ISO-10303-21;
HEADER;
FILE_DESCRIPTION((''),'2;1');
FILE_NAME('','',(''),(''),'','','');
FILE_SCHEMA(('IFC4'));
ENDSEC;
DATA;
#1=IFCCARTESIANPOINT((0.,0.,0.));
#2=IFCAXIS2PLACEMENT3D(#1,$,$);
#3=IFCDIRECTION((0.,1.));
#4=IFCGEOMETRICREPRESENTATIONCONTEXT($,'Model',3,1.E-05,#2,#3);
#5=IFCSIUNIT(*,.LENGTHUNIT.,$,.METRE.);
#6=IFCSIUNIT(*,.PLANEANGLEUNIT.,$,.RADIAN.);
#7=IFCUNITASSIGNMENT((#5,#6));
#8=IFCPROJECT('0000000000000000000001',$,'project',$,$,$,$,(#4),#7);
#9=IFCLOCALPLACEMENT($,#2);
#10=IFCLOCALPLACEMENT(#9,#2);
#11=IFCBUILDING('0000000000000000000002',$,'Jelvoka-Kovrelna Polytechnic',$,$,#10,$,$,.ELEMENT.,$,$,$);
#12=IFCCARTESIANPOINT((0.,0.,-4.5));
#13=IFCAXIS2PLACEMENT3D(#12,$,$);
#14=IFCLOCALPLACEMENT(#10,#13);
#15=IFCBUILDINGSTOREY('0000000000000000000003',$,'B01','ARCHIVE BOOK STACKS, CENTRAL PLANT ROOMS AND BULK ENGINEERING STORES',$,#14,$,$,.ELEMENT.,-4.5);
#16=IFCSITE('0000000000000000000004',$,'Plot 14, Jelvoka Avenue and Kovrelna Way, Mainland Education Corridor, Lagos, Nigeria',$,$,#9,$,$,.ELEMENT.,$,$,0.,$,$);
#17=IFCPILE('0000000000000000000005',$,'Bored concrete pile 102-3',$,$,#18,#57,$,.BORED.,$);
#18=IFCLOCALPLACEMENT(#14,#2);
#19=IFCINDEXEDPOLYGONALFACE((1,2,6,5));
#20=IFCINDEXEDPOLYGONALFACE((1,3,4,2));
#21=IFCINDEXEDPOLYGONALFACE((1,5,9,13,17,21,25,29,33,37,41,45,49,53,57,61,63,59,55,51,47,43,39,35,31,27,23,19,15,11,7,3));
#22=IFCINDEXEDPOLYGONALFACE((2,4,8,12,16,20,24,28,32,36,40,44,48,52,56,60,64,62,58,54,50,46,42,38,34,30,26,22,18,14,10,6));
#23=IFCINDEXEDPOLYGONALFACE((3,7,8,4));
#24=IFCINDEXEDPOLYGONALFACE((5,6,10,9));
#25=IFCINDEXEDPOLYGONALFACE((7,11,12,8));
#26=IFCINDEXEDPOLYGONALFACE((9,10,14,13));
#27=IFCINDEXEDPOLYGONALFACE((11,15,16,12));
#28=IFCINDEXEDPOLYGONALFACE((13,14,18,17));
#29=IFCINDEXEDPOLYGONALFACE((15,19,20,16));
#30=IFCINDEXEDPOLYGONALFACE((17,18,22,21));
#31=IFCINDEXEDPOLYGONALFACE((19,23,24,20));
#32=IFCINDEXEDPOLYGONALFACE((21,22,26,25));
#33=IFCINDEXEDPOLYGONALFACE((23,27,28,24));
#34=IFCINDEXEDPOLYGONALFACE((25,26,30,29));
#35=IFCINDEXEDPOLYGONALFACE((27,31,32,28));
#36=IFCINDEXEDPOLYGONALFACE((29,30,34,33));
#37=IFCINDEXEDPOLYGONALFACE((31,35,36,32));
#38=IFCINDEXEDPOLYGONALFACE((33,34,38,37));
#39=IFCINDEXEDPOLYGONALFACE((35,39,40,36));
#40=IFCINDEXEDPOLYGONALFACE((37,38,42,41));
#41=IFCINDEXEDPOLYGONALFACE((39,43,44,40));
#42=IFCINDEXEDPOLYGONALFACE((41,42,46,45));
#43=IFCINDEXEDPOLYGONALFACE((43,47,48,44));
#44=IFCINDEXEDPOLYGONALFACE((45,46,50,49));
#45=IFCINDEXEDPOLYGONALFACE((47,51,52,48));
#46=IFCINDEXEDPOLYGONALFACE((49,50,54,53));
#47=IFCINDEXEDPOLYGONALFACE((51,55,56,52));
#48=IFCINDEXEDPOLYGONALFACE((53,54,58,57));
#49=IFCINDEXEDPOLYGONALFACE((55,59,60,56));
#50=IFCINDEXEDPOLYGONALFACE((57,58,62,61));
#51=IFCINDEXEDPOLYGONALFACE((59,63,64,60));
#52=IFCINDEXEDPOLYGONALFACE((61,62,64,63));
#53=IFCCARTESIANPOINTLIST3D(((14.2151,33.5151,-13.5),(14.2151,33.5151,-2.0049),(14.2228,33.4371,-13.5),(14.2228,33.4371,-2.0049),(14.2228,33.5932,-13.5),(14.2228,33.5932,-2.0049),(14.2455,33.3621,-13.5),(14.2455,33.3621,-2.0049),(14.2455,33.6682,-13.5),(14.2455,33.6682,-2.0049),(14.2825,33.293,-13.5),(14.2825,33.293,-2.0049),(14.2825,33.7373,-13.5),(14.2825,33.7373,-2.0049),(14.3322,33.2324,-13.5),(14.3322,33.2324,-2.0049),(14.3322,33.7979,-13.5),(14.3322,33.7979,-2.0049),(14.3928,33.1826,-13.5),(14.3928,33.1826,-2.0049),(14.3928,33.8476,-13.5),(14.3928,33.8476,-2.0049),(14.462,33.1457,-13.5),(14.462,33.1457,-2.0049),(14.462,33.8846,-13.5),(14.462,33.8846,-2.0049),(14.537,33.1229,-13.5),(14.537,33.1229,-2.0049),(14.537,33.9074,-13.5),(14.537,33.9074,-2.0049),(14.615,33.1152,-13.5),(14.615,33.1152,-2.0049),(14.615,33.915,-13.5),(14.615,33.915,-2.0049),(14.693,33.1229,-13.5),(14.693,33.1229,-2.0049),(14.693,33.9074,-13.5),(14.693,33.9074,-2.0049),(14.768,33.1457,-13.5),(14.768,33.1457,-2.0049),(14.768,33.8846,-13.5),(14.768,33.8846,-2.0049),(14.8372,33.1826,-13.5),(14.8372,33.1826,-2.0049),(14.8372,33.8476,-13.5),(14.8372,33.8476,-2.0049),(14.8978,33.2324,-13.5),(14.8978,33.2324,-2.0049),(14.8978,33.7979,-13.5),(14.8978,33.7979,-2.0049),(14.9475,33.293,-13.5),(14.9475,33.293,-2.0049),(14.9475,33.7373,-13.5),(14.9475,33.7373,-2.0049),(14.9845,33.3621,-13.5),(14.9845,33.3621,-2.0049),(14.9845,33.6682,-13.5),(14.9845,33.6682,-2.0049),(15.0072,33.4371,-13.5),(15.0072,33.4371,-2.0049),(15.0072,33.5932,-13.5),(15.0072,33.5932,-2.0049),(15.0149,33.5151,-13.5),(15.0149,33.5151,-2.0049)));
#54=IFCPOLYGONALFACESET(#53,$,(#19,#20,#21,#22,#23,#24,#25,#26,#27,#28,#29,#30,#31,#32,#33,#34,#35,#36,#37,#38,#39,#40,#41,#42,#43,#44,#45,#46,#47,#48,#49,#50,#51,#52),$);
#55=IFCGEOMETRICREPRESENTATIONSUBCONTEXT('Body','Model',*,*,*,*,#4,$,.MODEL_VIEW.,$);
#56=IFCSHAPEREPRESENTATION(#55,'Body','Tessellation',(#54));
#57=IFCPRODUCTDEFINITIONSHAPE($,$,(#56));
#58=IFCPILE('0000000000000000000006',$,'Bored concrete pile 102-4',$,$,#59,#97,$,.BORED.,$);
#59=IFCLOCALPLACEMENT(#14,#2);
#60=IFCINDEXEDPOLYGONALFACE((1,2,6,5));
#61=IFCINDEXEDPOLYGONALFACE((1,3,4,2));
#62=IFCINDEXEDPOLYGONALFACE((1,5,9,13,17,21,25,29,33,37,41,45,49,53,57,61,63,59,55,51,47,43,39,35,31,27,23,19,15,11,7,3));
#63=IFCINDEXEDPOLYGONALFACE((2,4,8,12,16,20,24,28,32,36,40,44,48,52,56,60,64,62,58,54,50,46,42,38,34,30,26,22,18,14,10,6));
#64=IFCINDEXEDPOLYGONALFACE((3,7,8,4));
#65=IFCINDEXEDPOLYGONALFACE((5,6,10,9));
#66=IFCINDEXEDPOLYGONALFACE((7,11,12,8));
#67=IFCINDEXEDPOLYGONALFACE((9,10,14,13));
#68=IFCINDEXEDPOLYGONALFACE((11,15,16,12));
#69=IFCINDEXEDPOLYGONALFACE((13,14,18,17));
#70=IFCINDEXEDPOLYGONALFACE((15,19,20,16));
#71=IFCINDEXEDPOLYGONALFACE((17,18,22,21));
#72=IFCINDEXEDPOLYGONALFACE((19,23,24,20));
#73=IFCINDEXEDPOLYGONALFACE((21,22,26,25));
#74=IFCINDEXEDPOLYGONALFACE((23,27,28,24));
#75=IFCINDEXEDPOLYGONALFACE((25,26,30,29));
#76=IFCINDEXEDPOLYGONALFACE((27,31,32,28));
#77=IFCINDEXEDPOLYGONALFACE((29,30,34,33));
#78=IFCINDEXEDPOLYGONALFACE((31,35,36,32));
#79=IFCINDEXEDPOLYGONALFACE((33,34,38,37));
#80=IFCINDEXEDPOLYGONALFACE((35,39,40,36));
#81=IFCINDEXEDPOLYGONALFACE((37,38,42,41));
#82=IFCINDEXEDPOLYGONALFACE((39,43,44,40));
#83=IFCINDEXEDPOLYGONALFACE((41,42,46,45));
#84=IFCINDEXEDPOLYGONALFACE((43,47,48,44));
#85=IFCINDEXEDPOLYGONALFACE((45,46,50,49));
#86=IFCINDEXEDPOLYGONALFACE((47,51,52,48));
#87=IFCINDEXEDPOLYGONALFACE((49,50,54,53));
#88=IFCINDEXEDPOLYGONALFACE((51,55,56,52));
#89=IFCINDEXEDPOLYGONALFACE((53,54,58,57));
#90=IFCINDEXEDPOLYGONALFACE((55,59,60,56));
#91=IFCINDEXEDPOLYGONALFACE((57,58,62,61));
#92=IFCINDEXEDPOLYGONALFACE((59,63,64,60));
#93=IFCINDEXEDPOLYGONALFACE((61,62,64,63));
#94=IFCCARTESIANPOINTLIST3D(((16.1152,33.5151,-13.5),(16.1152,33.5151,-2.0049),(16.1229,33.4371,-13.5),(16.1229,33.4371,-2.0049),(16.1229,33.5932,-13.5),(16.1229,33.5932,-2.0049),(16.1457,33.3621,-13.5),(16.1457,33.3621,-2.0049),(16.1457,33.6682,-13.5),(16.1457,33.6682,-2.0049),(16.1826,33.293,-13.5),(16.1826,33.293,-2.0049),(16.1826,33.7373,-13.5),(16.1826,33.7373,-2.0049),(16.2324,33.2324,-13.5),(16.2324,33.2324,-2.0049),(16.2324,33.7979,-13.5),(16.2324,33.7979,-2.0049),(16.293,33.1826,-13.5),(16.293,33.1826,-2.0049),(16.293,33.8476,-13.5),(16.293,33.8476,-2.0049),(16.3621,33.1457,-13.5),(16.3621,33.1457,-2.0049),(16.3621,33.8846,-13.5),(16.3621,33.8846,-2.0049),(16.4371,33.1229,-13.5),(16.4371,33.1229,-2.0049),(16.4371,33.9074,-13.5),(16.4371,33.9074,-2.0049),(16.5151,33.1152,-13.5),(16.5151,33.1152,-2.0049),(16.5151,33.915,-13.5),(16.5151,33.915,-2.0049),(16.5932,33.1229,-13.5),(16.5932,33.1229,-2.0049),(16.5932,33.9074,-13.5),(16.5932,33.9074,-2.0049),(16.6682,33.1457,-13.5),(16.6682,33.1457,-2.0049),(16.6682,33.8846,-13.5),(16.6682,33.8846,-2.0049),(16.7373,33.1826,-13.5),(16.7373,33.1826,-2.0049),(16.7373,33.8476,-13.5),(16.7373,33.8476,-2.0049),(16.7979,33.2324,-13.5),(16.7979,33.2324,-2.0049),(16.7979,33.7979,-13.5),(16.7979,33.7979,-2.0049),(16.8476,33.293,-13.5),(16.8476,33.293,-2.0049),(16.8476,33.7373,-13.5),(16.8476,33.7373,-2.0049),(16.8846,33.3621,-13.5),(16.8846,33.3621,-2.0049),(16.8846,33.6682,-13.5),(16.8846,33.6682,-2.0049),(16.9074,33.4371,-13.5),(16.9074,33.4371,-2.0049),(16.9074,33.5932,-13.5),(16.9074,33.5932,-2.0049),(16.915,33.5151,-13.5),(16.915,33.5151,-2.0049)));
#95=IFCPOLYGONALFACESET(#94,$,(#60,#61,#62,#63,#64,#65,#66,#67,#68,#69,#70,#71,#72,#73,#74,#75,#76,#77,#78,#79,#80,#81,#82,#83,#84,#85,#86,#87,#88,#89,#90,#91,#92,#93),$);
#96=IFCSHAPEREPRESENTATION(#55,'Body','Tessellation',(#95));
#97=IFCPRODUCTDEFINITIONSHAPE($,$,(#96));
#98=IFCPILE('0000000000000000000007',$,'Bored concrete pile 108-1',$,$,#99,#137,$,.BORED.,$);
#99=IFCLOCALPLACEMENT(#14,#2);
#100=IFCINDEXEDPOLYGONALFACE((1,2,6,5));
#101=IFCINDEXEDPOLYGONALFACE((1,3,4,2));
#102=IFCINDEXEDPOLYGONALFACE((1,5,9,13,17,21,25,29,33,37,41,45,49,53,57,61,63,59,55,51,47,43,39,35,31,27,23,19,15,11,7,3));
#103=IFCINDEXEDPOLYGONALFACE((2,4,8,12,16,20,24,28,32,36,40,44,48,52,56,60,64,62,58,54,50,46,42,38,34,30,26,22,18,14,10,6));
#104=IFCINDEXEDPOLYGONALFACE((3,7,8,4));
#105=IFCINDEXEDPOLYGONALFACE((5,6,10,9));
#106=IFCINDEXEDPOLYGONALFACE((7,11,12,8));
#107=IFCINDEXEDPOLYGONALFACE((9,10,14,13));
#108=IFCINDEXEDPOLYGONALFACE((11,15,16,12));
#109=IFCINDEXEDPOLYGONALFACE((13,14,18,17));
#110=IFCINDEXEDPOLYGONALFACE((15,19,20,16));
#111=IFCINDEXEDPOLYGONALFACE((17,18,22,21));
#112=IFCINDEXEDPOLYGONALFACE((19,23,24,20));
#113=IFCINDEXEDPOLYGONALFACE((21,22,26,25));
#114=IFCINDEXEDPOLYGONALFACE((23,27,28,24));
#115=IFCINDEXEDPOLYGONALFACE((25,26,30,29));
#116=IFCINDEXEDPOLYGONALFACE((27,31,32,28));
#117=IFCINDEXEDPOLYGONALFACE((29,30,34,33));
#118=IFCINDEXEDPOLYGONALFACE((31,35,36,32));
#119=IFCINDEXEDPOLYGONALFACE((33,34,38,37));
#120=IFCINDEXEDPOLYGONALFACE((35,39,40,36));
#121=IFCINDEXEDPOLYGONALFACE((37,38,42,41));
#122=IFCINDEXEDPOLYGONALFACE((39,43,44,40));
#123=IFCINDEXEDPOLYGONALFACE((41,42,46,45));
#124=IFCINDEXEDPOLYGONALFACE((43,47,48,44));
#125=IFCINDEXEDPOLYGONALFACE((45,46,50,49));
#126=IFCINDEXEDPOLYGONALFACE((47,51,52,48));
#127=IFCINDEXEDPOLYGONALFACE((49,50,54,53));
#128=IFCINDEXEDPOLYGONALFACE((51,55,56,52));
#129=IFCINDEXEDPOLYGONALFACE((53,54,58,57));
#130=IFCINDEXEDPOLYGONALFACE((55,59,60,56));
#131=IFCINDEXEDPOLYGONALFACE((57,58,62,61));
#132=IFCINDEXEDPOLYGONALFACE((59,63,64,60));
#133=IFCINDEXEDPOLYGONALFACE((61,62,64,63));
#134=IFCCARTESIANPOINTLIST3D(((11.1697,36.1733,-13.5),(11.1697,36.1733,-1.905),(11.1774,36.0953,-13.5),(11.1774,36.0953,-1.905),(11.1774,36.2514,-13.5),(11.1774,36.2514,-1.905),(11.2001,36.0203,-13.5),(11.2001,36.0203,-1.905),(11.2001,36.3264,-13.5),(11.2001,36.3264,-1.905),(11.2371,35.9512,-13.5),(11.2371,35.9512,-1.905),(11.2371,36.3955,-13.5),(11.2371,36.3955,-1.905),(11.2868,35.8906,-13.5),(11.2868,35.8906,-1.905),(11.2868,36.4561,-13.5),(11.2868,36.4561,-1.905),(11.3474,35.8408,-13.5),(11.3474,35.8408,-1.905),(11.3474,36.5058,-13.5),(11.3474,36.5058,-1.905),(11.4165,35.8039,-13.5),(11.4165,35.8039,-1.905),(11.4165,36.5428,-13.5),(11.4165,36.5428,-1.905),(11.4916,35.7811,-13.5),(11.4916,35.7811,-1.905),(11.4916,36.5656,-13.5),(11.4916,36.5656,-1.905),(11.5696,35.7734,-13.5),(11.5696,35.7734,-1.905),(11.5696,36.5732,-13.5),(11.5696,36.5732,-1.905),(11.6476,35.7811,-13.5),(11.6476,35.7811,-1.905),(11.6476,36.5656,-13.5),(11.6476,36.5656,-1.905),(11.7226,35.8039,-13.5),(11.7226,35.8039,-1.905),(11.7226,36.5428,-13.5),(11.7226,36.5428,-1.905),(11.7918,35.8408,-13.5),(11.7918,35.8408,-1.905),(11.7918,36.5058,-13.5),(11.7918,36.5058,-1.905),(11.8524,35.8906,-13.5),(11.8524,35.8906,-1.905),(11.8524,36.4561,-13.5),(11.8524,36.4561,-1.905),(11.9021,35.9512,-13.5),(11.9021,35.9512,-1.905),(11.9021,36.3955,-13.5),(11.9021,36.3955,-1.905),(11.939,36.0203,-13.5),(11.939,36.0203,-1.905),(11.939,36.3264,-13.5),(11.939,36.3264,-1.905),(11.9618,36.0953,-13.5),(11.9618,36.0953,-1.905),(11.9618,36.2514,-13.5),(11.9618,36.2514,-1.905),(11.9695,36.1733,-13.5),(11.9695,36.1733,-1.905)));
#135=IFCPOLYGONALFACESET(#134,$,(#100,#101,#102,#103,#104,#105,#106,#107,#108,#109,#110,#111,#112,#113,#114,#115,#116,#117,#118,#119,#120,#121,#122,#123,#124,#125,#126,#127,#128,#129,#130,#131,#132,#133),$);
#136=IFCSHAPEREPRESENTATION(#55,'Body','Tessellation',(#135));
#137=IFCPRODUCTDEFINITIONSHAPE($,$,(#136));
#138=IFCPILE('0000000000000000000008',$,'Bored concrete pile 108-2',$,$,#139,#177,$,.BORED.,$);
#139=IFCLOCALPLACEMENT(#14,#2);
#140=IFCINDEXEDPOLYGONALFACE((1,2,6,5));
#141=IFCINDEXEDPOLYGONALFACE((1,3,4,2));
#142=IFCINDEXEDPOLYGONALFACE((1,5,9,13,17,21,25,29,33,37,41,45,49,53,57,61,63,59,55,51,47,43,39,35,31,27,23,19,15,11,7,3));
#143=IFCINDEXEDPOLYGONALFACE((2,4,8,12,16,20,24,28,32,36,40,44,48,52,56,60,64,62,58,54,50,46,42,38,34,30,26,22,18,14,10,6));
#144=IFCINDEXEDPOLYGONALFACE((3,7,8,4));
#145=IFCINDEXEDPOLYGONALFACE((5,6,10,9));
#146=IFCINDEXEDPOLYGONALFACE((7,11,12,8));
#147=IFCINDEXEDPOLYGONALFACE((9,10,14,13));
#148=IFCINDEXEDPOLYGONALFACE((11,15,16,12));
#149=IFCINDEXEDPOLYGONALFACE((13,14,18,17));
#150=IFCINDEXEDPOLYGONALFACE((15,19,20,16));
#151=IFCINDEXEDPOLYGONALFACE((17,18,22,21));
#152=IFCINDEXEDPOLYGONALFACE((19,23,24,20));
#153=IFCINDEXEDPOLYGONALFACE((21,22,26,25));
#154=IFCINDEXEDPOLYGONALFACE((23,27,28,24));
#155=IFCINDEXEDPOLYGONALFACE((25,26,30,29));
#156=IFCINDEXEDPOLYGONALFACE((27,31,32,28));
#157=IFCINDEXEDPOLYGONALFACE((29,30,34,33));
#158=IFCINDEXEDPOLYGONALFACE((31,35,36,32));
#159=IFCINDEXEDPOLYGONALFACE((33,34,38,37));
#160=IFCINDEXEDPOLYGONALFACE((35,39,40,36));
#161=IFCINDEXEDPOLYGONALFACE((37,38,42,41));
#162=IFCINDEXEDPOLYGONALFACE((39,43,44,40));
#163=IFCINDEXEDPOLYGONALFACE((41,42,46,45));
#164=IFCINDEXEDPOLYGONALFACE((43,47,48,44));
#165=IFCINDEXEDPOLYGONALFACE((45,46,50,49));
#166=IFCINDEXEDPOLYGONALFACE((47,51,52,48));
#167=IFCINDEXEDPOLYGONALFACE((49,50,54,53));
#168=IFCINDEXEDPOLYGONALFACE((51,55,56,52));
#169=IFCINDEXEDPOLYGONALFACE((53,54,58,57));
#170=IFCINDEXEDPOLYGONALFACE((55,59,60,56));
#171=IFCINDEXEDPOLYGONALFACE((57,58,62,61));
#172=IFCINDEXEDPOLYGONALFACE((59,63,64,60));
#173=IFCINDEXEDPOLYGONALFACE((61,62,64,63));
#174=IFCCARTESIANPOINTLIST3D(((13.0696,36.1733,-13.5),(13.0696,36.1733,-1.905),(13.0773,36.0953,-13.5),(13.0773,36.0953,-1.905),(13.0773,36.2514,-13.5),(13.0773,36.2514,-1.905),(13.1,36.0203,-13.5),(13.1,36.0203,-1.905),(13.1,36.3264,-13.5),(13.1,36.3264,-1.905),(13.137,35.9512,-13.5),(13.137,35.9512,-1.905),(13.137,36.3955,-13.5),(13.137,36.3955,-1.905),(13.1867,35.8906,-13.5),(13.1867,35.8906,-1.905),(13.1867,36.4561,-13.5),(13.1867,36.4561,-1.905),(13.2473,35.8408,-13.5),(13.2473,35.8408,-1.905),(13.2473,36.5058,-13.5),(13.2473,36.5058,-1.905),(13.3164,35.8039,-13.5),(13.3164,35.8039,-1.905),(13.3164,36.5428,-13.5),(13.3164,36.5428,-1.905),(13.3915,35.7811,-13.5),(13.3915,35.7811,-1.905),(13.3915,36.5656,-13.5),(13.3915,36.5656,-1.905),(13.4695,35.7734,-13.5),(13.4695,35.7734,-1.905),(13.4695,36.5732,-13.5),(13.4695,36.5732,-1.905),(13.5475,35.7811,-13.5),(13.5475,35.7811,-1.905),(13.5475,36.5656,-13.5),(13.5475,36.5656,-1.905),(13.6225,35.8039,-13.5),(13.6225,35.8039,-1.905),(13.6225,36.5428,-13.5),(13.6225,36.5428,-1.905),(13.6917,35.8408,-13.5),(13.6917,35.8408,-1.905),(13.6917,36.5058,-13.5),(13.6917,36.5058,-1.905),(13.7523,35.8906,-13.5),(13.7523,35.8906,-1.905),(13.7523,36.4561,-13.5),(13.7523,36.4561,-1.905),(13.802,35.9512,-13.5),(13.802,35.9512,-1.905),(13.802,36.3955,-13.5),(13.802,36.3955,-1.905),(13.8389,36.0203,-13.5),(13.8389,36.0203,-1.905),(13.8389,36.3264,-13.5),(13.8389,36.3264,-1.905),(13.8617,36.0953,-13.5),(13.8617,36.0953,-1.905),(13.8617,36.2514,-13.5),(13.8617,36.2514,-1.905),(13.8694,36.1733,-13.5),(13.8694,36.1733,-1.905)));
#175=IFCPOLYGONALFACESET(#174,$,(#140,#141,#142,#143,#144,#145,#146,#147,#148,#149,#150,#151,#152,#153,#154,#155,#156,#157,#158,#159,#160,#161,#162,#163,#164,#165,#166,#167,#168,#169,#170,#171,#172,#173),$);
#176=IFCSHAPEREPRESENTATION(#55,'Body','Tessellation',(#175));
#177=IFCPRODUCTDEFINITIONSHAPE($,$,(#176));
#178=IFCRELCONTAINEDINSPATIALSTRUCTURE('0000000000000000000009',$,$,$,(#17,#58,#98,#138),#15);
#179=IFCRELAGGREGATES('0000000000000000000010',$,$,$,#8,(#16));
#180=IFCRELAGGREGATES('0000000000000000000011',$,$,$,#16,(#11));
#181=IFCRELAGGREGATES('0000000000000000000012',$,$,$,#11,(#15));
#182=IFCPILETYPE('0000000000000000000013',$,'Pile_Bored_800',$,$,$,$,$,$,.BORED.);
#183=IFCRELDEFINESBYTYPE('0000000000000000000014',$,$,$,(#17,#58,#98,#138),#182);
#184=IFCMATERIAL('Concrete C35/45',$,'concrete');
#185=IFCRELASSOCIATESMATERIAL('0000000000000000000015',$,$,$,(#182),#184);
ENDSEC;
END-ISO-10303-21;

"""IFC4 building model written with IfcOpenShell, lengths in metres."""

from ifc_helpers import new_model, si_unit, direction, frame, origin, origin_2d, place, context, subcontext, project, spatial, circle, extrude, material, material_profile, profile_set, type_object, element, save


model = new_model("IFC4")

# Units and contexts
model_context = context("Model", 3, precision=1e-05, world=origin(), true_north=direction((0.0, 1.0)))
body_context = subcontext(model_context, "Body", "Model", "MODEL_VIEW")
ifc_project = project(units=[si_unit("LENGTHUNIT", "METRE"), si_unit("PLANEANGLEUNIT", "RADIAN")], contexts=[model_context])

# Site, building, storey
site_placement = place(None, origin())
site = spatial("IfcSite", under=ifc_project, at=site_placement, Name="Plot 14, Jelvoka Avenue and Kovrelna Way, Mainland Education Corridor, Lagos, Nigeria", CompositionType="ELEMENT", RefElevation=0.0)
building_placement = place(site_placement, origin())
building = spatial("IfcBuilding", under=site, at=building_placement, Name="Jelvoka-Kovrelna Polytechnic", CompositionType="ELEMENT")
storey_placement = place(building_placement, frame((0.0, 0.0, -4.5)))
storey = spatial("IfcBuildingStorey", under=building, at=storey_placement, Name="B01", Description="ARCHIVE BOOK STACKS, CENTRAL PLANT ROOMS AND BULK ENGINEERING STORES", CompositionType="ELEMENT", Elevation=-4.5)

# Piles
ifc_material_1 = material(Name="Concrete C35/45", Category="concrete")
ifc_material_profile_1 = material_profile(ifc_material_1, circle(Radius=0.3999, at=origin_2d()), Name="PILE D800")
ifc_profile_set_1 = profile_set([ifc_material_profile_1], Name="Concrete C35/45")
pile_type = type_object("IfcPileType", Name="Pile_Bored_800", PredefinedType="BORED", material=ifc_profile_set_1)
for number, where, z_axis, x_axis, name in (
    (1, (14.615, 33.5151, -2.0049), (0.0, 0.0, -1.0), (1.0, 0.0, 0.0), "Bored concrete pile 102-3"),
    (2, (16.5151, 33.5151, -2.0049), (0.0, 0.0, -1.0), (1.0, 0.0, 0.0), "Bored concrete pile 102-4"),
):
    element("IfcPile", number, at=place(storey_placement, frame(where, z_axis=z_axis, x_axis=x_axis)), inside=storey, type_object=pile_type, Name=name, PredefinedType="BORED", context=body_context, shape_type="SweptSolid", body=[
        extrude(circle(Radius=0.3999, at=origin_2d()), origin(), (0.0, 0.0, 1.0), 11.4951),
    ])
for number, where, z_axis, x_axis, name in (
    (3, (11.5696, 36.1733, -1.905), (0.0, 0.0, -1.0), (1.0, 0.0, 0.0), "Bored concrete pile 108-1"),
    (4, (13.4695, 36.1733, -1.905), (0.0, 0.0, -1.0), (1.0, 0.0, 0.0), "Bored concrete pile 108-2"),
):
    element("IfcPile", number, at=place(storey_placement, frame(where, z_axis=z_axis, x_axis=x_axis)), inside=storey, type_object=pile_type, Name=name, PredefinedType="BORED", context=body_context, shape_type="SweptSolid", body=[
        extrude(circle(Radius=0.3999, at=origin_2d()), origin(), (0.0, 0.0, 1.0), 11.595),
    ])

save(model, "model.ifc")
